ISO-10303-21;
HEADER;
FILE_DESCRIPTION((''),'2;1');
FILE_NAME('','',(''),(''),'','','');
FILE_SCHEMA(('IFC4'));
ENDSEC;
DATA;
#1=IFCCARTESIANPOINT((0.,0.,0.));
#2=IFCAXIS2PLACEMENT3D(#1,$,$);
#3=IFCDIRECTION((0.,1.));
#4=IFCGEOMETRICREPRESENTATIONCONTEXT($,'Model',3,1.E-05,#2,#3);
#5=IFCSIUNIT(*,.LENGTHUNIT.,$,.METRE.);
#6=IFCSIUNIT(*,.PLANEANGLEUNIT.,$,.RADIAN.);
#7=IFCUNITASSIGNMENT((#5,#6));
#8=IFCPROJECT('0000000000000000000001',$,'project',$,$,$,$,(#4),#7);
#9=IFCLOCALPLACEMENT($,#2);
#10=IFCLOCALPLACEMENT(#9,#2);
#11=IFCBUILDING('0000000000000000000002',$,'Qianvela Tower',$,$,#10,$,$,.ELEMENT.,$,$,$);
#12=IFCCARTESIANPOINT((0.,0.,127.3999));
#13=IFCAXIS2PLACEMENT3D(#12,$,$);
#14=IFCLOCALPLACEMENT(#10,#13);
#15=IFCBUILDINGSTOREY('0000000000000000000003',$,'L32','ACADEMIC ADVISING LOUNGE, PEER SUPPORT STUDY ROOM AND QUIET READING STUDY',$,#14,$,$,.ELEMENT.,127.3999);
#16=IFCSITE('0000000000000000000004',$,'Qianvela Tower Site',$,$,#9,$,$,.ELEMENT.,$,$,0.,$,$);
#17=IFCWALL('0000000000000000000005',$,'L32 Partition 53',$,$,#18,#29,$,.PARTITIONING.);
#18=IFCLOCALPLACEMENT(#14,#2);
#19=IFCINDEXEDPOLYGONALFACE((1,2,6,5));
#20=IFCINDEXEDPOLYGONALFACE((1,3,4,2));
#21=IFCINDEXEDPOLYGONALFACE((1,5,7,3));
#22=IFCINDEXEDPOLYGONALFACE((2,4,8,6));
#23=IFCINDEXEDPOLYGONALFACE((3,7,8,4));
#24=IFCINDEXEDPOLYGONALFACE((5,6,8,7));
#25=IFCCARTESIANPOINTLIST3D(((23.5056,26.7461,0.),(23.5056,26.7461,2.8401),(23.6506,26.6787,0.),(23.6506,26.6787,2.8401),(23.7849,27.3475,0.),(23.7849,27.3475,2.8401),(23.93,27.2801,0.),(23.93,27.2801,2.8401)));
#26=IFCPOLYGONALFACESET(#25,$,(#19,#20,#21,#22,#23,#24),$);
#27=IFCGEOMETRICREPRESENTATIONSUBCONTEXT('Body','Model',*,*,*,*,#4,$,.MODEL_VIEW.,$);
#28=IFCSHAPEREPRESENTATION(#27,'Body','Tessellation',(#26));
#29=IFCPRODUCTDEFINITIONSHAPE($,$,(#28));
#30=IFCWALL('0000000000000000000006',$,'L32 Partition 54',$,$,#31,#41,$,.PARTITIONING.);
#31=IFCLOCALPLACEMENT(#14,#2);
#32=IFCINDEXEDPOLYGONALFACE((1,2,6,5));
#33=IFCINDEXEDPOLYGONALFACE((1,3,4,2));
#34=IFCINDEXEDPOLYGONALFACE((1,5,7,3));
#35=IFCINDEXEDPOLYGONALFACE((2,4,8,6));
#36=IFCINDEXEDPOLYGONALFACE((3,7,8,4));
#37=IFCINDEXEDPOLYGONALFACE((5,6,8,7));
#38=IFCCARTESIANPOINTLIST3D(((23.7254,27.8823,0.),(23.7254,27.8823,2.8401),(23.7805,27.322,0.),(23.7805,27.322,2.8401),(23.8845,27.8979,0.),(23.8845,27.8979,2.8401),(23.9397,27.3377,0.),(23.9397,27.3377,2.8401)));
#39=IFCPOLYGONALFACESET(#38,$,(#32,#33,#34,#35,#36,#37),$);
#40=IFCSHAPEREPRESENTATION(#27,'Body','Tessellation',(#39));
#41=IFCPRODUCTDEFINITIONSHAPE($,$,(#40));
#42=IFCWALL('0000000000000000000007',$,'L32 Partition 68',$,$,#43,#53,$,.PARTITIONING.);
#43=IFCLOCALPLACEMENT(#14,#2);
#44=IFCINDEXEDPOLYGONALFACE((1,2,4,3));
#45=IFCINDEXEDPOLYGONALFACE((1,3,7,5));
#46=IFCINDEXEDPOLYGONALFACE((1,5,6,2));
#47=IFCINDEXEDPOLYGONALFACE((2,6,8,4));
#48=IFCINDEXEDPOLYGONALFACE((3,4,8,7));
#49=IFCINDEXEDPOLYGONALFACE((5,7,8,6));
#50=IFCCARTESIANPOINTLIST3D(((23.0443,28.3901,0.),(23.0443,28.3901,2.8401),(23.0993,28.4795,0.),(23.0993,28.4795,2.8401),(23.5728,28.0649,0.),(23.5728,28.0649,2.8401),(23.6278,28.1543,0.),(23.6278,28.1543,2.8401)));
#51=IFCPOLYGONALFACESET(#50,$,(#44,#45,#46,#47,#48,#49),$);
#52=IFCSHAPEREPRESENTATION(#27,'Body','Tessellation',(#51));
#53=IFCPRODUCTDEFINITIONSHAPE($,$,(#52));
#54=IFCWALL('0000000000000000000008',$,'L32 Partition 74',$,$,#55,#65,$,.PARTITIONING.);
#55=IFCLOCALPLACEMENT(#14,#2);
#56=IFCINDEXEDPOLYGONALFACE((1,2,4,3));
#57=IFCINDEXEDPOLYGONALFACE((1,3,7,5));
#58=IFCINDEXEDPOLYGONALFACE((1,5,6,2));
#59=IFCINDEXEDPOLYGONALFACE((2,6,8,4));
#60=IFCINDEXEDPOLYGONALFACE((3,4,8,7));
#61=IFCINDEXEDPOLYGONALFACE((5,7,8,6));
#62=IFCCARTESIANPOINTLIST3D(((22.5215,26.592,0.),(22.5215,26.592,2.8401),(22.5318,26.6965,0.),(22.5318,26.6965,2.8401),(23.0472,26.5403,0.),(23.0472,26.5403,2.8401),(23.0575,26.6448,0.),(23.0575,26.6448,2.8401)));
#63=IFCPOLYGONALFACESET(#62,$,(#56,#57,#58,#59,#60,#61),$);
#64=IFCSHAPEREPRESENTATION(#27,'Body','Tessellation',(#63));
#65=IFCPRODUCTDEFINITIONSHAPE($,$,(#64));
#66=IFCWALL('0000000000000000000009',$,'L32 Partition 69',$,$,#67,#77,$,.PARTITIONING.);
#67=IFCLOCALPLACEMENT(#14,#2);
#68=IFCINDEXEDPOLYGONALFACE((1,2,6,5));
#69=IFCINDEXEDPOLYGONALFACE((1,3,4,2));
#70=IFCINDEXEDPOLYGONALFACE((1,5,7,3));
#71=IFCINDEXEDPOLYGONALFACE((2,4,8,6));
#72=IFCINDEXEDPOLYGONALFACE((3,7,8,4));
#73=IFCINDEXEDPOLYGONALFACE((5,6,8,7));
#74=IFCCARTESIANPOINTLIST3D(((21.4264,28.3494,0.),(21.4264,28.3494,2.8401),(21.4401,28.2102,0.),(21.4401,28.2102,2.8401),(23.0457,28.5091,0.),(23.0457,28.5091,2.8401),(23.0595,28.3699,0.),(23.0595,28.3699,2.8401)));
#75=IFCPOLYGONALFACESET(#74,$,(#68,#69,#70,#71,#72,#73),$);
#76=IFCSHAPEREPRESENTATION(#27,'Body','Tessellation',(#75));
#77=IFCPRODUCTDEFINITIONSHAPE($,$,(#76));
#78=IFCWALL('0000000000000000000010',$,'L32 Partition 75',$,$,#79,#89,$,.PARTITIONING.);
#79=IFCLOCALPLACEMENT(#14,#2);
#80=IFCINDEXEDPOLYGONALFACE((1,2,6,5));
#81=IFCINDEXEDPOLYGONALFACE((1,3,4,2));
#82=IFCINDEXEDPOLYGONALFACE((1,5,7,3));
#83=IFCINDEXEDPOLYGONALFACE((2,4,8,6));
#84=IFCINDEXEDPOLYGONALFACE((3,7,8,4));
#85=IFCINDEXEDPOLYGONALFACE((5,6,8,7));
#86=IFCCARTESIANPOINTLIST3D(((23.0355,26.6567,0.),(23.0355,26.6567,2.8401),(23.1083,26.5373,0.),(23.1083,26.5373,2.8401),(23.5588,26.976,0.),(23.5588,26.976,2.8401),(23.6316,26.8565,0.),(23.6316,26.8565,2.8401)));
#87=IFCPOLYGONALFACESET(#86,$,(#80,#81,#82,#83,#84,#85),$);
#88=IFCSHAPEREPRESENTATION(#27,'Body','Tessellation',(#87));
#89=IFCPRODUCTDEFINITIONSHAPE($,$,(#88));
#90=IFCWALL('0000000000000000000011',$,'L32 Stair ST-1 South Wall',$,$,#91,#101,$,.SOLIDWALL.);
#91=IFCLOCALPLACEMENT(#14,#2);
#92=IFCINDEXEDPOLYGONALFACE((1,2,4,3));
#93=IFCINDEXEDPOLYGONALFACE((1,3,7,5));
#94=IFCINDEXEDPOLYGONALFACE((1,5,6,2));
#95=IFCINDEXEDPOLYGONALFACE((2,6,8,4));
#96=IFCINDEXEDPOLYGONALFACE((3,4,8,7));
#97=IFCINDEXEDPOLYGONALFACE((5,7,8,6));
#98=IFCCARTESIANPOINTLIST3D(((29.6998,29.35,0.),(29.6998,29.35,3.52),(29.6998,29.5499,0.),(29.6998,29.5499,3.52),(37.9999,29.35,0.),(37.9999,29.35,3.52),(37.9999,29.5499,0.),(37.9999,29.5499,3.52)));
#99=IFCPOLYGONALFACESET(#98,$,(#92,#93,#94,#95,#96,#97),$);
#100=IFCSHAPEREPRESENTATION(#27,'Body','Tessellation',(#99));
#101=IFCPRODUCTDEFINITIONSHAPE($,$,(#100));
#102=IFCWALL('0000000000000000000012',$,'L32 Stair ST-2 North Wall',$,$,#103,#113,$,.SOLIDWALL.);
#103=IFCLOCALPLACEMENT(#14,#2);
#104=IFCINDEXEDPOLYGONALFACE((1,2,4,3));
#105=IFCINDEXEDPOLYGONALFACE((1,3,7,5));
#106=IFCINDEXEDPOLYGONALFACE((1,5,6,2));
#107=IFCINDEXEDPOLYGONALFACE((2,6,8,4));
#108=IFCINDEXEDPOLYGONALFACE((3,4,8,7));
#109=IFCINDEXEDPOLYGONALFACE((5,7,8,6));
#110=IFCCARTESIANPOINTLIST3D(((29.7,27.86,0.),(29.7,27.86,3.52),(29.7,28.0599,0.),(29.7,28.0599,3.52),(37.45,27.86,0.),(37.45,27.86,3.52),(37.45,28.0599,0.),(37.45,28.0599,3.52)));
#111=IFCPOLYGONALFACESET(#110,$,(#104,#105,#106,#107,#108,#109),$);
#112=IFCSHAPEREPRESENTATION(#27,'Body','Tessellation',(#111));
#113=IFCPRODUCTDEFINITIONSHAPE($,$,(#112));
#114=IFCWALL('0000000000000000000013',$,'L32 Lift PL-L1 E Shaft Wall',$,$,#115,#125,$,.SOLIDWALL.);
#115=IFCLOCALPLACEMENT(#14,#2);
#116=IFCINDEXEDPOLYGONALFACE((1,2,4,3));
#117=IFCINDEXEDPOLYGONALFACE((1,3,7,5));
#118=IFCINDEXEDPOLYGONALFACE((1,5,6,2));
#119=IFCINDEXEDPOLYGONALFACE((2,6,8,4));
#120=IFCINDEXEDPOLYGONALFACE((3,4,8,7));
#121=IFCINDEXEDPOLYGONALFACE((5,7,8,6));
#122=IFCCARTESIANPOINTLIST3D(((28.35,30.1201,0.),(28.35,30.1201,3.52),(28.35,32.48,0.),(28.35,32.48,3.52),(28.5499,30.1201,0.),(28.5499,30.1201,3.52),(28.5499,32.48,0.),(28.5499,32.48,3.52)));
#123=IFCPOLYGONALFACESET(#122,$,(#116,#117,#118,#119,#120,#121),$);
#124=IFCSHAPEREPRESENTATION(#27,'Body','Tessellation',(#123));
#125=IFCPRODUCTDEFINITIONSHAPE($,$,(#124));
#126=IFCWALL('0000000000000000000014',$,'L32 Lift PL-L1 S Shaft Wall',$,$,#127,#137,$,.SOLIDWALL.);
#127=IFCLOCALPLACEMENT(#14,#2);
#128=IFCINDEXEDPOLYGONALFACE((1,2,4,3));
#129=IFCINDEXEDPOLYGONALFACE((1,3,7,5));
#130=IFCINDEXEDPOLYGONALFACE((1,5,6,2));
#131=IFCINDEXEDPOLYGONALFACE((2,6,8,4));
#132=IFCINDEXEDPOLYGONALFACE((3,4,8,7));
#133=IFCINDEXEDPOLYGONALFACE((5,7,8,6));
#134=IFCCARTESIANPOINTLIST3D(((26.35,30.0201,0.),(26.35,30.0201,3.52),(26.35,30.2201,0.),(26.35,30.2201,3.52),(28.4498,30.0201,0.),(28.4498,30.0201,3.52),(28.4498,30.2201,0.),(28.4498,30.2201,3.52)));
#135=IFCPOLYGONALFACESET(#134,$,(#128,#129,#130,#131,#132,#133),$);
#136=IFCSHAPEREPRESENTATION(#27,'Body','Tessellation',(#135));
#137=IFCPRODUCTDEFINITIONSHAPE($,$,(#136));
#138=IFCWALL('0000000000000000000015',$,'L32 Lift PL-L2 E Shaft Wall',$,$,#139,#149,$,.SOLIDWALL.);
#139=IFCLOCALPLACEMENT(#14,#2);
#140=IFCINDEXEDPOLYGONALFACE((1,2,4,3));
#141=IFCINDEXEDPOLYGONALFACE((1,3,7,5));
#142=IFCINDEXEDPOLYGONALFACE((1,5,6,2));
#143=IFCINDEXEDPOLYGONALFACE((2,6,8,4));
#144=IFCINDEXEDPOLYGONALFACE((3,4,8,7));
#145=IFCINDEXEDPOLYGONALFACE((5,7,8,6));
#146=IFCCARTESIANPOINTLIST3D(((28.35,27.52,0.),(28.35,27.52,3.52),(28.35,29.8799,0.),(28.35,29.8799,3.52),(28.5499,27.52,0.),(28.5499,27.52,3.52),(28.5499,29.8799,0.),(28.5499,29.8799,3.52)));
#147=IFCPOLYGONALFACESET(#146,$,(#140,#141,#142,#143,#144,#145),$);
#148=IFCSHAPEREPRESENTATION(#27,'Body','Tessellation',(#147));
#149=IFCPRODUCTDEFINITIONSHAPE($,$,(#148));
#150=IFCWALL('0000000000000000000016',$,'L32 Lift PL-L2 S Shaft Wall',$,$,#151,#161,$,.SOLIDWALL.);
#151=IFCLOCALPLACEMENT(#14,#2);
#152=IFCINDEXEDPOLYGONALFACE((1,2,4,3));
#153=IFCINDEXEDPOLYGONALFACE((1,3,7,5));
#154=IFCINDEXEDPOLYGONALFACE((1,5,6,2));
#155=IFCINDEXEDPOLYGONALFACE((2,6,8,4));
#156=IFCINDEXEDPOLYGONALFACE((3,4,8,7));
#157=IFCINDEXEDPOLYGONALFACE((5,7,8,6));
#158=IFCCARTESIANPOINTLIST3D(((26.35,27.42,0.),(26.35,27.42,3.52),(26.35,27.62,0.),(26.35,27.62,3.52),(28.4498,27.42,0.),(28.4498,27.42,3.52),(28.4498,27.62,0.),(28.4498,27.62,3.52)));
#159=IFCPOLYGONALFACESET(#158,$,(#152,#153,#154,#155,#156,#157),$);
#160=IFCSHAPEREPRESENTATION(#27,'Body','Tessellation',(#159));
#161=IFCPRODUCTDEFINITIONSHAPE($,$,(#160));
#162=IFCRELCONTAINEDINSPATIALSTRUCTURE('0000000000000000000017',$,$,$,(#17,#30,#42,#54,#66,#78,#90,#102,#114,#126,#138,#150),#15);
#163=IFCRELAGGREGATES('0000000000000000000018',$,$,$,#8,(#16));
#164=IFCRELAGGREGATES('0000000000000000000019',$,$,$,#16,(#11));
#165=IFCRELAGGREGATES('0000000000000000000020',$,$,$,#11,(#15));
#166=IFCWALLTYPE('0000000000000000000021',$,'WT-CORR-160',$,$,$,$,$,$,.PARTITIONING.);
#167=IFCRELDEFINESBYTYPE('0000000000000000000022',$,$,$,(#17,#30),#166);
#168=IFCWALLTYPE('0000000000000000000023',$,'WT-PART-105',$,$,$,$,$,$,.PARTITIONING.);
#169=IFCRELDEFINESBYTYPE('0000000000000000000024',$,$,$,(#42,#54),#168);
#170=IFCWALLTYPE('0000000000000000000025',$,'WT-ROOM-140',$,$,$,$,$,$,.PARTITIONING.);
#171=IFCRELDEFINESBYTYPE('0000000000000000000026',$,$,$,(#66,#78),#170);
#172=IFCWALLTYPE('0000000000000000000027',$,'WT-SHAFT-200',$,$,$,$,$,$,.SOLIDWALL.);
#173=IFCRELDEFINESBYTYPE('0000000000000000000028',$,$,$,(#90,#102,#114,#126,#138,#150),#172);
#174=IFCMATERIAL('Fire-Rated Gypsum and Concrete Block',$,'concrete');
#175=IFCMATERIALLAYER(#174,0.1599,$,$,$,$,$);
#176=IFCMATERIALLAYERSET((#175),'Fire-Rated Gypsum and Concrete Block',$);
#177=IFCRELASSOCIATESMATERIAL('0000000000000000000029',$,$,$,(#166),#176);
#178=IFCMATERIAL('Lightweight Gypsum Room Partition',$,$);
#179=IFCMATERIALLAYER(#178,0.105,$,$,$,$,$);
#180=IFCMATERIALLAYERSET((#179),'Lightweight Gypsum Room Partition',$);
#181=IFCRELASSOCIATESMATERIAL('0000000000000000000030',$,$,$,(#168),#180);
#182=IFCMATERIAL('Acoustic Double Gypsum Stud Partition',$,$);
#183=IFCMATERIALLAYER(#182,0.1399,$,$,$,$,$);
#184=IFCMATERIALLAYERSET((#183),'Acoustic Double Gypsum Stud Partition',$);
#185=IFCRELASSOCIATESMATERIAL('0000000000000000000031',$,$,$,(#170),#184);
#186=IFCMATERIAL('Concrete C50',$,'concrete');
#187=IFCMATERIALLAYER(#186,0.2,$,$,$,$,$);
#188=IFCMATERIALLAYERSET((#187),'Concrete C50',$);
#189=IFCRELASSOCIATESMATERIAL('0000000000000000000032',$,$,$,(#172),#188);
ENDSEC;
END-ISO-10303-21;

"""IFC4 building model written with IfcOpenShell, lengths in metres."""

from ifc_helpers import new_model, si_unit, direction, frame, frame_2d, origin, place, context, subcontext, project, spatial, rectangle, extrude, material, layer, layer_set, type_object, element, save


model = new_model("IFC4")

# Units and contexts
model_context = context("Model", 3, precision=1e-05, world=origin(), true_north=direction((0.0, 1.0)))
body_context = subcontext(model_context, "Body", "Model", "MODEL_VIEW")
ifc_project = project(units=[si_unit("LENGTHUNIT", "METRE"), si_unit("PLANEANGLEUNIT", "RADIAN")], contexts=[model_context])

# Site, building, storey
site_placement = place(None, origin())
site = spatial("IfcSite", under=ifc_project, at=site_placement, Name="Qianvela Tower Site", CompositionType="ELEMENT", RefElevation=0.0)
building_placement = place(site_placement, origin())
building = spatial("IfcBuilding", under=site, at=building_placement, Name="Qianvela Tower", CompositionType="ELEMENT")
storey_placement = place(building_placement, frame((0.0, 0.0, 127.3999)))
storey = spatial("IfcBuildingStorey", under=building, at=storey_placement, Name="L32", Description="ACADEMIC ADVISING LOUNGE, PEER SUPPORT STUDY ROOM AND QUIET READING STUDY", CompositionType="ELEMENT", Elevation=127.3999)

# Shared definitions
ifc_material_1 = material(Name="Fire-Rated Gypsum and Concrete Block", Category="concrete")
ifc_layer_1 = layer(ifc_material_1, 0.1599)
ifc_layer_set_1 = layer_set([ifc_layer_1], Name="Fire-Rated Gypsum and Concrete Block")
wall_type_1 = type_object("IfcWallType", Name="WT-CORR-160", PredefinedType="PARTITIONING", material=ifc_layer_set_1)

# Walls
wall_1_placement = place(storey_placement, frame((23.5781, 26.7124, 0.0), z_axis=(0.0, 0.0, 1.0), x_axis=(0.421252, 0.906944, 0.0)))
element("IfcWall", 1, at=wall_1_placement, inside=storey, type_object=wall_type_1, Name="L32 Partition 53", PredefinedType="PARTITIONING", context=body_context, shape_type="SweptSolid", body=[
    extrude(rectangle(XDim=0.6631, YDim=0.1599, at=frame_2d((0.3315, 0.0))), origin(), (0.0, 0.0, 1.0), 2.8401),
])
wall_2_placement = place(storey_placement, frame((23.8601, 27.3298, 0.0), z_axis=(0.0, 0.0, 1.0), x_axis=(-0.098001, 0.995186, 0.0)))
element("IfcWall", 2, at=wall_2_placement, inside=storey, type_object=wall_type_1, Name="L32 Partition 54", PredefinedType="PARTITIONING", context=body_context, shape_type="SweptSolid", body=[
    extrude(rectangle(XDim=0.563, YDim=0.1599, at=frame_2d((0.2815, 0.0))), origin(), (0.0, 0.0, 1.0), 2.8401),
])
ifc_material_2 = material(Name="Lightweight Gypsum Room Partition")
ifc_layer_2 = layer(ifc_material_2, 0.105)
ifc_layer_set_2 = layer_set([ifc_layer_2], Name="Lightweight Gypsum Room Partition")
wall_type_2 = type_object("IfcWallType", Name="WT-PART-105", PredefinedType="PARTITIONING", material=ifc_layer_set_2)
wall_3_placement = place(storey_placement, frame((23.6003, 28.1096, 0.0), z_axis=(0.0, 0.0, 1.0), x_axis=(-0.851712, 0.52401, 0.0)))
element("IfcWall", 3, at=wall_3_placement, inside=storey, type_object=wall_type_2, Name="L32 Partition 68", PredefinedType="PARTITIONING", context=body_context, shape_type="SweptSolid", body=[
    extrude(rectangle(XDim=0.6206, YDim=0.105, at=frame_2d((0.3103, 0.0))), origin(), (0.0, 0.0, 1.0), 2.8401),
])
wall_4_placement = place(storey_placement, frame((22.5266, 26.6443, 0.0), z_axis=(0.0, 0.0, 1.0), x_axis=(0.995192, -0.097948, 0.0)))
element("IfcWall", 4, at=wall_4_placement, inside=storey, type_object=wall_type_2, Name="L32 Partition 74", PredefinedType="PARTITIONING", context=body_context, shape_type="SweptSolid", body=[
    extrude(rectangle(XDim=0.5283, YDim=0.105, at=frame_2d((0.2642, 0.0))), origin(), (0.0, 0.0, 1.0), 2.8401),
])
ifc_material_3 = material(Name="Acoustic Double Gypsum Stud Partition")
ifc_layer_3 = layer(ifc_material_3, 0.1399)
ifc_layer_set_3 = layer_set([ifc_layer_3], Name="Acoustic Double Gypsum Stud Partition")
wall_type_3 = type_object("IfcWallType", Name="WT-ROOM-140", PredefinedType="PARTITIONING", material=ifc_layer_set_3)
wall_5_placement = place(storey_placement, frame((23.0525, 28.4395, 0.0), z_axis=(0.0, 0.0, 1.0), x_axis=(-0.995174, -0.098122, 0.0)))
element("IfcWall", 5, at=wall_5_placement, inside=storey, type_object=wall_type_3, Name="L32 Partition 69", PredefinedType="PARTITIONING", context=body_context, shape_type="SweptSolid", body=[
    extrude(rectangle(XDim=1.6272, YDim=0.1399, at=frame_2d((0.8135, 0.0))), origin(), (0.0, 0.0, 1.0), 2.8401),
])
wall_6_placement = place(storey_placement, frame((23.0718, 26.5969, 0.0), z_axis=(0.0, 0.0, 1.0), x_axis=(0.853675, 0.520806, 0.0)))
element("IfcWall", 6, at=wall_6_placement, inside=storey, type_object=wall_type_3, Name="L32 Partition 75", PredefinedType="PARTITIONING", context=body_context, shape_type="SweptSolid", body=[
    extrude(rectangle(XDim=0.613, YDim=0.1399, at=frame_2d((0.3066, 0.0))), origin(), (0.0, 0.0, 1.0), 2.8401),
])
ifc_material_4 = material(Name="Concrete C50", Category="concrete")
ifc_layer_4 = layer(ifc_material_4, 0.2)
ifc_layer_set_4 = layer_set([ifc_layer_4], Name="Concrete C50")
wall_type_4 = type_object("IfcWallType", Name="WT-SHAFT-200", PredefinedType="SOLIDWALL", material=ifc_layer_set_4)
wall_7_placement = place(storey_placement, frame((29.7, 29.45, 0.0), z_axis=(0.0, 0.0, 1.0), x_axis=(1.0, 0.0, 0.0)))
element("IfcWall", 7, at=wall_7_placement, inside=storey, type_object=wall_type_4, Name="L32 Stair ST-1 South Wall", PredefinedType="SOLIDWALL", context=body_context, shape_type="SweptSolid", body=[
    extrude(rectangle(XDim=8.3, YDim=0.2, at=frame_2d((4.1499, 0.0))), origin(), (0.0, 0.0, 1.0), 3.52),
])
wall_8_placement = place(storey_placement, frame((29.7, 27.96, 0.0), z_axis=(0.0, 0.0, 1.0), x_axis=(1.0, 0.0, 0.0)))
element("IfcWall", 8, at=wall_8_placement, inside=storey, type_object=wall_type_4, Name="L32 Stair ST-2 North Wall", PredefinedType="SOLIDWALL", context=body_context, shape_type="SweptSolid", body=[
    extrude(rectangle(XDim=7.75, YDim=0.2, at=frame_2d((3.875, 0.0))), origin(), (0.0, 0.0, 1.0), 3.52),
])
wall_9_placement = place(storey_placement, frame((28.45, 30.1201, 0.0), z_axis=(0.0, 0.0, 1.0), x_axis=(0.0, 1.0, 0.0)))
element("IfcWall", 9, at=wall_9_placement, inside=storey, type_object=wall_type_4, Name="L32 Lift PL-L1 E Shaft Wall", PredefinedType="SOLIDWALL", context=body_context, shape_type="SweptSolid", body=[
    extrude(rectangle(XDim=2.3599, YDim=0.2, at=frame_2d((1.1799, 0.0))), origin(), (0.0, 0.0, 1.0), 3.52),
])

# Walls
wall_10_placement = place(storey_placement, frame((26.3501, 30.1201, 0.0), z_axis=(0.0, 0.0, 1.0), x_axis=(1.0, 0.0, 0.0)))
element("IfcWall", 10, at=wall_10_placement, inside=storey, type_object=wall_type_4, Name="L32 Lift PL-L1 S Shaft Wall", PredefinedType="SOLIDWALL", context=body_context, shape_type="SweptSolid", body=[
    extrude(rectangle(XDim=2.0999, YDim=0.2, at=frame_2d((1.0498, 0.0))), origin(), (0.0, 0.0, 1.0), 3.52),
])
wall_11_placement = place(storey_placement, frame((28.45, 27.52, 0.0), z_axis=(0.0, 0.0, 1.0), x_axis=(0.0, 1.0, 0.0)))
element("IfcWall", 11, at=wall_11_placement, inside=storey, type_object=wall_type_4, Name="L32 Lift PL-L2 E Shaft Wall", PredefinedType="SOLIDWALL", context=body_context, shape_type="SweptSolid", body=[
    extrude(rectangle(XDim=2.3599, YDim=0.2, at=frame_2d((1.1799, 0.0))), origin(), (0.0, 0.0, 1.0), 3.52),
])

# Wall
wall_12_placement = place(storey_placement, frame((26.3501, 27.52, 0.0), z_axis=(0.0, 0.0, 1.0), x_axis=(1.0, 0.0, 0.0)))
element("IfcWall", 12, at=wall_12_placement, inside=storey, type_object=wall_type_4, Name="L32 Lift PL-L2 S Shaft Wall", PredefinedType="SOLIDWALL", context=body_context, shape_type="SweptSolid", body=[
    extrude(rectangle(XDim=2.0999, YDim=0.2, at=frame_2d((1.0498, 0.0))), origin(), (0.0, 0.0, 1.0), 3.52),
])

save(model, "model.ifc")
